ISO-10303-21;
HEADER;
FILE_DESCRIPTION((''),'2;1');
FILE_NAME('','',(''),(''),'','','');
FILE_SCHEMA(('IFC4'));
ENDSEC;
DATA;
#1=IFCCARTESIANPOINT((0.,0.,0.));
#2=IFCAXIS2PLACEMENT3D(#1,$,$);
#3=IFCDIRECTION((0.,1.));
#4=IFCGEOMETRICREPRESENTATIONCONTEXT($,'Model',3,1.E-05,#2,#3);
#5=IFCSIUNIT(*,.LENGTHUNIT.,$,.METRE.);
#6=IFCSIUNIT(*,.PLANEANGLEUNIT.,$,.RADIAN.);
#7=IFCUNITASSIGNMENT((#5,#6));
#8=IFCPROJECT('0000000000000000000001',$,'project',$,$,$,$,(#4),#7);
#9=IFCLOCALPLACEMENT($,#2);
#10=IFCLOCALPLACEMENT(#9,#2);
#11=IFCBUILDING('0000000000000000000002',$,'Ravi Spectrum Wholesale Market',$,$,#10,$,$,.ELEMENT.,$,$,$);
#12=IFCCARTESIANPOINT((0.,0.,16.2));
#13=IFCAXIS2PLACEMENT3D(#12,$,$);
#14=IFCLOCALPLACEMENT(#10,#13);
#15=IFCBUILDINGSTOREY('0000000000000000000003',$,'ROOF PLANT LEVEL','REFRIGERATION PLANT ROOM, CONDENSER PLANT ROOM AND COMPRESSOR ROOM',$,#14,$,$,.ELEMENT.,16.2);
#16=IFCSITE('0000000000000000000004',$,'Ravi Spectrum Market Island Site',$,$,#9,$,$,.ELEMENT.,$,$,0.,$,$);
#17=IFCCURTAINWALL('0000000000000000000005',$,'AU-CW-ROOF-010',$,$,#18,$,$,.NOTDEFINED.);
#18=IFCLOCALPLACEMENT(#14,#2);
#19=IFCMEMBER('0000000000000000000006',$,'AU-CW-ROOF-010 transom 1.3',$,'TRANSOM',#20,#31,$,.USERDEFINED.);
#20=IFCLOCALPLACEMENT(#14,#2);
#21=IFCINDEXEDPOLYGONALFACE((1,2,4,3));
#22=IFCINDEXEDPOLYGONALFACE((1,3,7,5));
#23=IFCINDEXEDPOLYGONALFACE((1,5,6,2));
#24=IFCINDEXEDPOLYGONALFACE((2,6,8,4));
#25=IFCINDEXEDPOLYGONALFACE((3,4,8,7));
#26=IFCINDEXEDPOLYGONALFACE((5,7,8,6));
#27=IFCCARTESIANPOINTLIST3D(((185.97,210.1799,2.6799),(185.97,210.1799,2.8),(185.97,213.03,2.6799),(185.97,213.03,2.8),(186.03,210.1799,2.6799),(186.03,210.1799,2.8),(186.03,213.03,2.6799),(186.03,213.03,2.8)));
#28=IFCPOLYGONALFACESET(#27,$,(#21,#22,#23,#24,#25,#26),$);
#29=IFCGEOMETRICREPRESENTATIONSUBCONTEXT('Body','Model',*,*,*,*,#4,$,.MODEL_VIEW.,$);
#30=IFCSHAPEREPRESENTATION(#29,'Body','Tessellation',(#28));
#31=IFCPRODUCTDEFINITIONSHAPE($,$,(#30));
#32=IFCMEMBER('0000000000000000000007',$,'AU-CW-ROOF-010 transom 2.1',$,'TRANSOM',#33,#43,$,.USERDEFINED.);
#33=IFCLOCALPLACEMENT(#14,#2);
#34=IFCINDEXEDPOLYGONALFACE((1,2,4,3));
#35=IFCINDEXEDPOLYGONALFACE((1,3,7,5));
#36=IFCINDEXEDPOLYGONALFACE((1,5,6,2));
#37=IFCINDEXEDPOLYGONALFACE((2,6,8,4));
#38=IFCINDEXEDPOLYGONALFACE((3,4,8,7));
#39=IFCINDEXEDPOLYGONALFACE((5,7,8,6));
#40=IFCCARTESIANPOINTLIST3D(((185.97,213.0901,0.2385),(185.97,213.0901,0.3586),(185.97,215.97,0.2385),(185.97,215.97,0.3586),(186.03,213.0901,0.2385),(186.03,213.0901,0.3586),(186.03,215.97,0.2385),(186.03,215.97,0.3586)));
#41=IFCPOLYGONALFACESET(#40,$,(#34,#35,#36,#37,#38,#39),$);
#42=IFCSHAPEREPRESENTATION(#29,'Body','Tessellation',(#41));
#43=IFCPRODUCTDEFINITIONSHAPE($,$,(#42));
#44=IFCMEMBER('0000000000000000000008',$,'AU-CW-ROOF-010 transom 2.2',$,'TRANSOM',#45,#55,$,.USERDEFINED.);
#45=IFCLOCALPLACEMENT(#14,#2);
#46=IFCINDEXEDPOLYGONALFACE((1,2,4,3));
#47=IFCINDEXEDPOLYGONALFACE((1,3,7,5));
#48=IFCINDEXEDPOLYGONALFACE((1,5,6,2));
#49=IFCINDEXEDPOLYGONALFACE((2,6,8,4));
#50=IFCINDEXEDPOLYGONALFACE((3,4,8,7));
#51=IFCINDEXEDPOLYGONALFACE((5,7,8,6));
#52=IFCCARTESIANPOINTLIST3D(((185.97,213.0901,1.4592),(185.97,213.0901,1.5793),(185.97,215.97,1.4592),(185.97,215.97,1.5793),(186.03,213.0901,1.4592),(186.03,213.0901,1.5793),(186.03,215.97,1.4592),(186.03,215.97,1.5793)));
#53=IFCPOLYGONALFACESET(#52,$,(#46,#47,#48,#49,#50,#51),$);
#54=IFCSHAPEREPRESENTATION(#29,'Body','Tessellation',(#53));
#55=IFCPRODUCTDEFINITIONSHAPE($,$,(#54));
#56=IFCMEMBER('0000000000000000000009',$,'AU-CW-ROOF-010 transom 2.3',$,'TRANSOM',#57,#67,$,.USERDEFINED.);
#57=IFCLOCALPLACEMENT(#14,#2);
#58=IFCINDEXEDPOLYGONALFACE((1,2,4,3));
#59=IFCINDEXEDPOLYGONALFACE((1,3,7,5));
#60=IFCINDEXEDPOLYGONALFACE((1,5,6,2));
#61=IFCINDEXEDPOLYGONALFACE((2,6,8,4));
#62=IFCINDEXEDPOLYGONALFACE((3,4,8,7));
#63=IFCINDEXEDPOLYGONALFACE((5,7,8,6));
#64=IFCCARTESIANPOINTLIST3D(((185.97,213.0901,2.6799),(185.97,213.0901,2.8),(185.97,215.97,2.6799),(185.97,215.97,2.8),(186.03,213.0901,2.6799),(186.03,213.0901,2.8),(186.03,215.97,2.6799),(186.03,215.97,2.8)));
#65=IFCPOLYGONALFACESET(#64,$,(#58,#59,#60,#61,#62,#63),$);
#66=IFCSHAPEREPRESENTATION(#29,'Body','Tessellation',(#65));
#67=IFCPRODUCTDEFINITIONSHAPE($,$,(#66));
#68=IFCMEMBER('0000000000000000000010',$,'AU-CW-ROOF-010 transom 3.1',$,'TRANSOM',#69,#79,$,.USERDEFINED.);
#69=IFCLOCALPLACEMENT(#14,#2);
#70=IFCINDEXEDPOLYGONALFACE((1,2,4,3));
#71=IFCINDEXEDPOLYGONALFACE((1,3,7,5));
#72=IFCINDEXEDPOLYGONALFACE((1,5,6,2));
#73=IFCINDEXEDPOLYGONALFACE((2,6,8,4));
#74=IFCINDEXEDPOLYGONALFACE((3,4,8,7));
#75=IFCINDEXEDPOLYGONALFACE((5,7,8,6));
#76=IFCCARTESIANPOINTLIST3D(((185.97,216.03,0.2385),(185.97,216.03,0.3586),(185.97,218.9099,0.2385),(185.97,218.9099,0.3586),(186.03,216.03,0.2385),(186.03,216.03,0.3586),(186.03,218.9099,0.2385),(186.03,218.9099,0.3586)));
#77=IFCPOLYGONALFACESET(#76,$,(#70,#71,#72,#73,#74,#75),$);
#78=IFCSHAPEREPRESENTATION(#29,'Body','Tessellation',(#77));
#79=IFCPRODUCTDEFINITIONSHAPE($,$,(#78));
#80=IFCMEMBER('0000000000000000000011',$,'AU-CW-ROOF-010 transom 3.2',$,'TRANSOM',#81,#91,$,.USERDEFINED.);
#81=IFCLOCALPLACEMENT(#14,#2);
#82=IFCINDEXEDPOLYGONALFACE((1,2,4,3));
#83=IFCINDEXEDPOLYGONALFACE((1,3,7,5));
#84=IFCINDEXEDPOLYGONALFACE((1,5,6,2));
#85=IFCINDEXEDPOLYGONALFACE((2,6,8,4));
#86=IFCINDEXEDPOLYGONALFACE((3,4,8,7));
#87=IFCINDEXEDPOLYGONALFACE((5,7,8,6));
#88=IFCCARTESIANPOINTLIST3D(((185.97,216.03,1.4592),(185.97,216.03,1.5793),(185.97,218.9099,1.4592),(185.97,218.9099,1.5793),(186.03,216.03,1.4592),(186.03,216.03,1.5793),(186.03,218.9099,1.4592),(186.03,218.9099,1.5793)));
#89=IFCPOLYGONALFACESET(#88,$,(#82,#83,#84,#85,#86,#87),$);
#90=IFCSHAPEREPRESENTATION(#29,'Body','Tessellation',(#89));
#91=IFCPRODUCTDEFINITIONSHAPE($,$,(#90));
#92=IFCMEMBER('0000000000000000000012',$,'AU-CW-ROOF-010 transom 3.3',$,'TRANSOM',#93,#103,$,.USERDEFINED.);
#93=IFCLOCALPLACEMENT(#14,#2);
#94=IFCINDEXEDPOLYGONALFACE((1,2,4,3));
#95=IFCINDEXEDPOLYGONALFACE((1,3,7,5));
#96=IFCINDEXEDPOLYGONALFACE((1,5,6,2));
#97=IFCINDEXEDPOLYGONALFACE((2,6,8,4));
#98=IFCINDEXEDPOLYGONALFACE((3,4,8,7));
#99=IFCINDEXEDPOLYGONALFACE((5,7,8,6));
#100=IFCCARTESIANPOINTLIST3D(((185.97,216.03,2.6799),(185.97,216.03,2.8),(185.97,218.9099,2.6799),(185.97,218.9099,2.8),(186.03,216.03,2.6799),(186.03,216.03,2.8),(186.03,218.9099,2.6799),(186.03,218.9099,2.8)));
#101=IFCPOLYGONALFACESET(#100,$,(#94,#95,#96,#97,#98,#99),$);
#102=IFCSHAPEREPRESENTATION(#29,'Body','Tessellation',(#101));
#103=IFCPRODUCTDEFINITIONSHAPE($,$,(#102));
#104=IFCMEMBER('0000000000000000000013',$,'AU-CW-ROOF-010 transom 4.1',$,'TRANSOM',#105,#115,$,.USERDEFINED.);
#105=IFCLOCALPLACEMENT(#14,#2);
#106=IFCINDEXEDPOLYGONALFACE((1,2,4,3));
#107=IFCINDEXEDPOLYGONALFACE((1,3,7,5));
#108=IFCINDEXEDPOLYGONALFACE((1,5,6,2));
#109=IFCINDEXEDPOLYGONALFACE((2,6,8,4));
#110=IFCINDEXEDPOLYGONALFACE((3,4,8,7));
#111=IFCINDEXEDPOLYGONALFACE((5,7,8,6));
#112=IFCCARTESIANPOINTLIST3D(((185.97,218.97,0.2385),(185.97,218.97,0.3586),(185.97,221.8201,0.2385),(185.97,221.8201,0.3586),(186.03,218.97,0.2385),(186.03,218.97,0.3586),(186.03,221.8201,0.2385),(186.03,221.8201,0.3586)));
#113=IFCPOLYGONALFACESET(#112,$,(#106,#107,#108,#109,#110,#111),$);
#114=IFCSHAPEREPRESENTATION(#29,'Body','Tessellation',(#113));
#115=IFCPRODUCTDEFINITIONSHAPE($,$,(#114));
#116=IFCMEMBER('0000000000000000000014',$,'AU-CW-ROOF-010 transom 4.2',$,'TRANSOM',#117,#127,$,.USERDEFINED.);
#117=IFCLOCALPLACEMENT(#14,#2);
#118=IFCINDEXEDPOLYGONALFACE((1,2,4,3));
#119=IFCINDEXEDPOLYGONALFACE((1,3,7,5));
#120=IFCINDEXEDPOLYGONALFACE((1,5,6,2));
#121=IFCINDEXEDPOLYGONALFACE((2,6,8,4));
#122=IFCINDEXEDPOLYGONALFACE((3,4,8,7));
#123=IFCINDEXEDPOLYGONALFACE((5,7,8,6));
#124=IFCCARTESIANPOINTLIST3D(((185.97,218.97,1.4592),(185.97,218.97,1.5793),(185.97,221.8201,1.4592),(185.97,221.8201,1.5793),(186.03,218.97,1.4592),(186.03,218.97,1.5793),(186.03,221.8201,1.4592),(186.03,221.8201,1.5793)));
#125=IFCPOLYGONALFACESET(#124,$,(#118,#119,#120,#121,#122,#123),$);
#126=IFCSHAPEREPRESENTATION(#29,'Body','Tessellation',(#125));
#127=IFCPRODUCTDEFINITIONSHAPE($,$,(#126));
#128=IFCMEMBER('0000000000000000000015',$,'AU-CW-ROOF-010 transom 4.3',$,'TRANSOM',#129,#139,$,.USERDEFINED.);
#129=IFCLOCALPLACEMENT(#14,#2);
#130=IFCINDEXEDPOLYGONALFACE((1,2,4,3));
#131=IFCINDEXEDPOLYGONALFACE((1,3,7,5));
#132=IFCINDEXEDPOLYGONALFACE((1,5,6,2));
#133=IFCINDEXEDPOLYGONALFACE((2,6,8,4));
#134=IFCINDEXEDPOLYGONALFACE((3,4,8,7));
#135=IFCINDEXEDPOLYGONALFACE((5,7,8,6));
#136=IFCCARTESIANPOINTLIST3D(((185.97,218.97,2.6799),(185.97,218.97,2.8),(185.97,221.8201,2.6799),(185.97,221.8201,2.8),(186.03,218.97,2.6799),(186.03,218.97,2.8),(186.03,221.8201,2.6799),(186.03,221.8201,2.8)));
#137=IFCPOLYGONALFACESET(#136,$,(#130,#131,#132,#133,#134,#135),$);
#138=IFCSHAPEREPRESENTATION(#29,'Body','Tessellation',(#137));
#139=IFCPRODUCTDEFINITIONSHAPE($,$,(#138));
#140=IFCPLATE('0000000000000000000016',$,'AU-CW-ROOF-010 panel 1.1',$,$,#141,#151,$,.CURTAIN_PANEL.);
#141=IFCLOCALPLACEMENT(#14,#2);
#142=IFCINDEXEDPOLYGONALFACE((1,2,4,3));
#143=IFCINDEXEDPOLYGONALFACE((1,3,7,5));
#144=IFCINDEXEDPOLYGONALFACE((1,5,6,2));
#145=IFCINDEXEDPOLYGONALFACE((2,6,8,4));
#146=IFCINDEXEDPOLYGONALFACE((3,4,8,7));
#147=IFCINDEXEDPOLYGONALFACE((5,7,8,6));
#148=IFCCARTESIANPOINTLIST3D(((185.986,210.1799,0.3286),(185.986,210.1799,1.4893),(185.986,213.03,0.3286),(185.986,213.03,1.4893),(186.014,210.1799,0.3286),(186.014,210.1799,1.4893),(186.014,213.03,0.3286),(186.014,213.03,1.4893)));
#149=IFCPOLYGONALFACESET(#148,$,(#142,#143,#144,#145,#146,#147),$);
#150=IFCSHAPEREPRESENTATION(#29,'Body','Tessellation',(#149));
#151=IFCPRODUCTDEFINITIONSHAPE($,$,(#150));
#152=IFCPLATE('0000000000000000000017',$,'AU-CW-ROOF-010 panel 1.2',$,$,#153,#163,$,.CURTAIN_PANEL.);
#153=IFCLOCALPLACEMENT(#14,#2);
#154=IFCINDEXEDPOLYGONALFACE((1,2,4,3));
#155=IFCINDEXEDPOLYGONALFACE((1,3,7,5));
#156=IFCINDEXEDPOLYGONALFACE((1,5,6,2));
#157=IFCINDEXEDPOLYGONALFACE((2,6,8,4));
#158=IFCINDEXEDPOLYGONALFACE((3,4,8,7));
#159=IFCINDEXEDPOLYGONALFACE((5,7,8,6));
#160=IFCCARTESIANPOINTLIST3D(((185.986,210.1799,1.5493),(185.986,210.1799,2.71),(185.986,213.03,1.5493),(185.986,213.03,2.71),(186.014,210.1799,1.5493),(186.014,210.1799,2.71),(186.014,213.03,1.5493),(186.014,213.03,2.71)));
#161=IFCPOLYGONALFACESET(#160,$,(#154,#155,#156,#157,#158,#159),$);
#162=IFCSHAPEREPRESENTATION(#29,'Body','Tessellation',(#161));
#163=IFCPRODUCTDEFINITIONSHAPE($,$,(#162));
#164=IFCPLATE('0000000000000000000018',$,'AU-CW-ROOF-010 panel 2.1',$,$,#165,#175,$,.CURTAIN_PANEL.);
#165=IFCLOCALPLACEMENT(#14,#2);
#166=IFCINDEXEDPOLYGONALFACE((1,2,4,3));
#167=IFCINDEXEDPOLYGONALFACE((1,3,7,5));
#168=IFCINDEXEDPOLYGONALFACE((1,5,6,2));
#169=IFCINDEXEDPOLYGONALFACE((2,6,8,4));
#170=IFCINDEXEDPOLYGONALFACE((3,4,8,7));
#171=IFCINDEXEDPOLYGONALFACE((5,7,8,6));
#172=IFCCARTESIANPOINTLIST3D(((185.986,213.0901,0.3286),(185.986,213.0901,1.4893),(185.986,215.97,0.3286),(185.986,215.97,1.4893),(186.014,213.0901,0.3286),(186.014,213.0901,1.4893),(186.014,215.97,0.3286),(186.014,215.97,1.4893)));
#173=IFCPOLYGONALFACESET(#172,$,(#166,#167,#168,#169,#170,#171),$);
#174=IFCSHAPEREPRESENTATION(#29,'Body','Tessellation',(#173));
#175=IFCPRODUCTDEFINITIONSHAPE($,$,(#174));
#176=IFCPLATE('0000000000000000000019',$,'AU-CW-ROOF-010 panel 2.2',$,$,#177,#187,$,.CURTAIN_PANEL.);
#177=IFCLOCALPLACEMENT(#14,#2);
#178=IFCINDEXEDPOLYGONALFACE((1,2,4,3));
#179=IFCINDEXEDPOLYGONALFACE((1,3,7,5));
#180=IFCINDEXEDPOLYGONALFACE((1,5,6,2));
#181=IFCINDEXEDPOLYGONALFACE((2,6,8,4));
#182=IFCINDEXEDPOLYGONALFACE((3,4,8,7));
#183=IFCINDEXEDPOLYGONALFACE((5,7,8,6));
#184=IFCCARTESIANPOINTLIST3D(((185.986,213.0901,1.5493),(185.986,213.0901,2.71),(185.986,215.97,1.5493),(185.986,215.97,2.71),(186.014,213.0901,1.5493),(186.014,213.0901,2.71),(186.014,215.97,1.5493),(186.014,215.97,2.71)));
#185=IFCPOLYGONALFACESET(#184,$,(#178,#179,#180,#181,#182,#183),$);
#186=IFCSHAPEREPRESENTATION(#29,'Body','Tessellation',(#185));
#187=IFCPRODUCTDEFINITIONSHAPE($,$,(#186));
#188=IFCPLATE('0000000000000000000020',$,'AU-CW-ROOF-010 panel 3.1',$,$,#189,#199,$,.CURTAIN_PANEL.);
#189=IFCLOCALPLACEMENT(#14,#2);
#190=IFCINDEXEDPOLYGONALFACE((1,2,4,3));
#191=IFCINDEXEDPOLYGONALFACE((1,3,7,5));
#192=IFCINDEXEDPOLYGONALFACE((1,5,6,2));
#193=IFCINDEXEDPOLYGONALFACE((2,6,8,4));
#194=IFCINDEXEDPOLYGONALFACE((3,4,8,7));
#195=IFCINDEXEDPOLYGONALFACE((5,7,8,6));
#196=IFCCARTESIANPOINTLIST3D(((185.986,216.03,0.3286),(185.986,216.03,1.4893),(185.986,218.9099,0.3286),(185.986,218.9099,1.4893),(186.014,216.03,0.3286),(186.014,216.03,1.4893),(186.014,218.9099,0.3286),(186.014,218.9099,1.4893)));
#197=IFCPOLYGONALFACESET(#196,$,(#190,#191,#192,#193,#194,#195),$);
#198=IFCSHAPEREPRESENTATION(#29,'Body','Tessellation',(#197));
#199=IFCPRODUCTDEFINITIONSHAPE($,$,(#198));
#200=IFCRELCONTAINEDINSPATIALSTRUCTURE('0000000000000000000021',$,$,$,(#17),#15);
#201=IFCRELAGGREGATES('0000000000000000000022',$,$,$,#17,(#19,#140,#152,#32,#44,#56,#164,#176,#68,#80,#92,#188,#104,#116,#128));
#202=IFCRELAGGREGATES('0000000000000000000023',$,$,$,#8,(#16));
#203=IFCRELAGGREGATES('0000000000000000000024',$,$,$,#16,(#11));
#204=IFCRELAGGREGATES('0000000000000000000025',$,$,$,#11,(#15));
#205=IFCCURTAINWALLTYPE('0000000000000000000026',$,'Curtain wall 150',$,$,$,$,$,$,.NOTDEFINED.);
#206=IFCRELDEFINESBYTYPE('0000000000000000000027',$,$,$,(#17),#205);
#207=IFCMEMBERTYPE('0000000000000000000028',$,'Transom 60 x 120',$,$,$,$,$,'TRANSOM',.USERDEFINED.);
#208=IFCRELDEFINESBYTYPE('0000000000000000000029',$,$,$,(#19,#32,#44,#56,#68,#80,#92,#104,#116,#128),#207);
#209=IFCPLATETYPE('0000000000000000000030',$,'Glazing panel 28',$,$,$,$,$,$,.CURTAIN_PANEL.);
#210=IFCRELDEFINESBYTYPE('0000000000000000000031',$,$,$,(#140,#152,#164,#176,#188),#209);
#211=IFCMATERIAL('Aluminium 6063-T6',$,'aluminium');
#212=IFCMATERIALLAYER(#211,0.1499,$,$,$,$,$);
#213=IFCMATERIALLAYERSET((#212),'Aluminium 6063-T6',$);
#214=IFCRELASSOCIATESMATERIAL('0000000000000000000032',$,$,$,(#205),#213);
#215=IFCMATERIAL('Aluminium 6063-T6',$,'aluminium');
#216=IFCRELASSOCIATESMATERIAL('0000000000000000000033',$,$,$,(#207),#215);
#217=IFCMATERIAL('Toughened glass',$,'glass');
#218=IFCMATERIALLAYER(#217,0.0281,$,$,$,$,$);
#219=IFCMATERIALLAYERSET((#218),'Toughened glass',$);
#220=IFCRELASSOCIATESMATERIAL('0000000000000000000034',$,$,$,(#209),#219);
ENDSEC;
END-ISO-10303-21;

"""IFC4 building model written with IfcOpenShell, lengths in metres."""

from ifc_helpers import new_model, si_unit, direction, frame, origin, origin_2d, place, context, subcontext, project, spatial, rectangle, extrude, material, layer, layer_set, material_profile, profile_set, type_object, element, aggregate, save


model = new_model("IFC4")

# Units and contexts
model_context = context("Model", 3, precision=1e-05, world=origin(), true_north=direction((0.0, 1.0)))
body_context = subcontext(model_context, "Body", "Model", "MODEL_VIEW")
ifc_project = project(units=[si_unit("LENGTHUNIT", "METRE"), si_unit("PLANEANGLEUNIT", "RADIAN")], contexts=[model_context])

# Site, building, storey
site_placement = place(None, origin())
site = spatial("IfcSite", under=ifc_project, at=site_placement, Name="Ravi Spectrum Market Island Site", CompositionType="ELEMENT", RefElevation=0.0)
building_placement = place(site_placement, origin())
building = spatial("IfcBuilding", under=site, at=building_placement, Name="Ravi Spectrum Wholesale Market", CompositionType="ELEMENT")
storey_placement = place(building_placement, frame((0.0, 0.0, 16.2)))
storey = spatial("IfcBuildingStorey", under=building, at=storey_placement, Name="ROOF PLANT LEVEL", Description="REFRIGERATION PLANT ROOM, CONDENSER PLANT ROOM AND COMPRESSOR ROOM", CompositionType="ELEMENT", Elevation=16.2)

# Curtain wall, members, plates
ifc_material_1 = material(Name="Aluminium 6063-T6", Category="aluminium")
ifc_layer_1 = layer(ifc_material_1, 0.1499)
ifc_layer_set_1 = layer_set([ifc_layer_1], Name="Aluminium 6063-T6")
curtain_wall_type = type_object("IfcCurtainWallType", Name="Curtain wall 150", PredefinedType="NOTDEFINED", material=ifc_layer_set_1)
curtain_wall_placement = place(storey_placement, origin())
curtain_wall = element("IfcCurtainWall", 1, at=curtain_wall_placement, inside=storey, type_object=curtain_wall_type, Name="AU-CW-ROOF-010", PredefinedType="NOTDEFINED")
ifc_material_2 = material(Name="Aluminium 6063-T6", Category="aluminium")
ifc_material_profile_1 = material_profile(ifc_material_2, rectangle(XDim=0.0601, YDim=0.1201, at=origin_2d()))
ifc_profile_set_1 = profile_set([ifc_material_profile_1], Name="Aluminium 6063-T6")
member_type_1 = type_object("IfcMemberType", Name="Transom 60 x 120", ElementType="TRANSOM", PredefinedType="USERDEFINED", material=ifc_profile_set_1)
member_1_placement = place(storey_placement, frame((186.0, 210.1799, 2.74), z_axis=(0.0, 1.0, 0.0), x_axis=(-1.0, 0.0, 0.0)))
member_1 = element("IfcMember", 2, at=member_1_placement, type_object=member_type_1, Name="AU-CW-ROOF-010 transom 1.3", ObjectType="TRANSOM", PredefinedType="USERDEFINED", context=body_context, shape_type="SweptSolid", body=[
    extrude(rectangle(XDim=0.0601, YDim=0.1201, at=origin_2d()), origin(), (0.0, 0.0, 1.0), 2.8501),
])
member_2_placement = place(storey_placement, frame((186.0, 213.0901, 0.2986), z_axis=(0.0, 1.0, 0.0), x_axis=(-1.0, 0.0, 0.0)))
member_2 = element("IfcMember", 3, at=member_2_placement, type_object=member_type_1, Name="AU-CW-ROOF-010 transom 2.1", ObjectType="TRANSOM", PredefinedType="USERDEFINED", context=body_context, shape_type="SweptSolid", body=[
    extrude(rectangle(XDim=0.0601, YDim=0.1201, at=origin_2d()), origin(), (0.0, 0.0, 1.0), 2.8799),
])
member_3_placement = place(storey_placement, frame((186.0, 213.0901, 1.5193), z_axis=(0.0, 1.0, 0.0), x_axis=(-1.0, 0.0, 0.0)))
member_3 = element("IfcMember", 4, at=member_3_placement, type_object=member_type_1, Name="AU-CW-ROOF-010 transom 2.2", ObjectType="TRANSOM", PredefinedType="USERDEFINED", context=body_context, shape_type="SweptSolid", body=[
    extrude(rectangle(XDim=0.0601, YDim=0.1201, at=origin_2d()), origin(), (0.0, 0.0, 1.0), 2.8799),
])
member_4_placement = place(storey_placement, frame((186.0, 213.0901, 2.74), z_axis=(0.0, 1.0, 0.0), x_axis=(-1.0, 0.0, 0.0)))
member_4 = element("IfcMember", 5, at=member_4_placement, type_object=member_type_1, Name="AU-CW-ROOF-010 transom 2.3", ObjectType="TRANSOM", PredefinedType="USERDEFINED", context=body_context, shape_type="SweptSolid", body=[
    extrude(rectangle(XDim=0.0601, YDim=0.1201, at=origin_2d()), origin(), (0.0, 0.0, 1.0), 2.8799),
])
member_5_placement = place(storey_placement, frame((186.0, 216.03, 0.2986), z_axis=(0.0, 1.0, 0.0), x_axis=(-1.0, 0.0, 0.0)))
member_5 = element("IfcMember", 6, at=member_5_placement, type_object=member_type_1, Name="AU-CW-ROOF-010 transom 3.1", ObjectType="TRANSOM", PredefinedType="USERDEFINED", context=body_context, shape_type="SweptSolid", body=[
    extrude(rectangle(XDim=0.0601, YDim=0.1201, at=origin_2d()), origin(), (0.0, 0.0, 1.0), 2.8799),
])
member_6_placement = place(storey_placement, frame((186.0, 216.03, 1.5193), z_axis=(0.0, 1.0, 0.0), x_axis=(-1.0, 0.0, 0.0)))
member_6 = element("IfcMember", 7, at=member_6_placement, type_object=member_type_1, Name="AU-CW-ROOF-010 transom 3.2", ObjectType="TRANSOM", PredefinedType="USERDEFINED", context=body_context, shape_type="SweptSolid", body=[
    extrude(rectangle(XDim=0.0601, YDim=0.1201, at=origin_2d()), origin(), (0.0, 0.0, 1.0), 2.8799),
])
member_7_placement = place(storey_placement, frame((186.0, 216.03, 2.74), z_axis=(0.0, 1.0, 0.0), x_axis=(-1.0, 0.0, 0.0)))
member_7 = element("IfcMember", 8, at=member_7_placement, type_object=member_type_1, Name="AU-CW-ROOF-010 transom 3.3", ObjectType="TRANSOM", PredefinedType="USERDEFINED", context=body_context, shape_type="SweptSolid", body=[
    extrude(rectangle(XDim=0.0601, YDim=0.1201, at=origin_2d()), origin(), (0.0, 0.0, 1.0), 2.8799),
])
member_8_placement = place(storey_placement, frame((186.0, 218.97, 0.2986), z_axis=(0.0, 1.0, 0.0), x_axis=(-1.0, 0.0, 0.0)))
member_8 = element("IfcMember", 9, at=member_8_placement, type_object=member_type_1, Name="AU-CW-ROOF-010 transom 4.1", ObjectType="TRANSOM", PredefinedType="USERDEFINED", context=body_context, shape_type="SweptSolid", body=[
    extrude(rectangle(XDim=0.0601, YDim=0.1201, at=origin_2d()), origin(), (0.0, 0.0, 1.0), 2.8501),
])
member_9_placement = place(storey_placement, frame((186.0, 218.97, 1.5193), z_axis=(0.0, 1.0, 0.0), x_axis=(-1.0, 0.0, 0.0)))
member_9 = element("IfcMember", 10, at=member_9_placement, type_object=member_type_1, Name="AU-CW-ROOF-010 transom 4.2", ObjectType="TRANSOM", PredefinedType="USERDEFINED", context=body_context, shape_type="SweptSolid", body=[
    extrude(rectangle(XDim=0.0601, YDim=0.1201, at=origin_2d()), origin(), (0.0, 0.0, 1.0), 2.8501),
])
member_10_placement = place(storey_placement, frame((186.0, 218.97, 2.74), z_axis=(0.0, 1.0, 0.0), x_axis=(-1.0, 0.0, 0.0)))
member_10 = element("IfcMember", 11, at=member_10_placement, type_object=member_type_1, Name="AU-CW-ROOF-010 transom 4.3", ObjectType="TRANSOM", PredefinedType="USERDEFINED", context=body_context, shape_type="SweptSolid", body=[
    extrude(rectangle(XDim=0.0601, YDim=0.1201, at=origin_2d()), origin(), (0.0, 0.0, 1.0), 2.8501),
])
ifc_material_3 = material(Name="Toughened glass", Category="glass")
ifc_layer_2 = layer(ifc_material_3, 0.0281)
ifc_layer_set_2 = layer_set([ifc_layer_2], Name="Toughened glass")
plate_type = type_object("IfcPlateType", Name="Glazing panel 28", PredefinedType="CURTAIN_PANEL", material=ifc_layer_set_2)
plate_1_placement = place(storey_placement, frame((186.0, 211.605, 0.3286), z_axis=(0.0, 0.0, 1.0), x_axis=(0.0, 1.0, 0.0)))
plate_1 = element("IfcPlate", 12, at=plate_1_placement, type_object=plate_type, Name="AU-CW-ROOF-010 panel 1.1", PredefinedType="CURTAIN_PANEL", context=body_context, shape_type="SweptSolid", body=[
    extrude(rectangle(XDim=2.8501, YDim=0.0281, at=origin_2d()), origin(), (0.0, 0.0, 1.0), 1.1606),
])
plate_2_placement = place(storey_placement, frame((186.0, 211.605, 1.5493), z_axis=(0.0, 0.0, 1.0), x_axis=(0.0, 1.0, 0.0)))
plate_2 = element("IfcPlate", 13, at=plate_2_placement, type_object=plate_type, Name="AU-CW-ROOF-010 panel 1.2", PredefinedType="CURTAIN_PANEL", context=body_context, shape_type="SweptSolid", body=[
    extrude(rectangle(XDim=2.8501, YDim=0.0281, at=origin_2d()), origin(), (0.0, 0.0, 1.0), 1.1606),
])
plate_3_placement = place(storey_placement, frame((186.0, 214.53, 0.3286), z_axis=(0.0, 0.0, 1.0), x_axis=(0.0, 1.0, 0.0)))
plate_3 = element("IfcPlate", 14, at=plate_3_placement, type_object=plate_type, Name="AU-CW-ROOF-010 panel 2.1", PredefinedType="CURTAIN_PANEL", context=body_context, shape_type="SweptSolid", body=[
    extrude(rectangle(XDim=2.8799, YDim=0.0281, at=origin_2d()), origin(), (0.0, 0.0, 1.0), 1.1606),
])
plate_4_placement = place(storey_placement, frame((186.0, 214.53, 1.5493), z_axis=(0.0, 0.0, 1.0), x_axis=(0.0, 1.0, 0.0)))
plate_4 = element("IfcPlate", 15, at=plate_4_placement, type_object=plate_type, Name="AU-CW-ROOF-010 panel 2.2", PredefinedType="CURTAIN_PANEL", context=body_context, shape_type="SweptSolid", body=[
    extrude(rectangle(XDim=2.8799, YDim=0.0281, at=origin_2d()), origin(), (0.0, 0.0, 1.0), 1.1606),
])
plate_5_placement = place(storey_placement, frame((186.0, 217.47, 0.3286), z_axis=(0.0, 0.0, 1.0), x_axis=(0.0, 1.0, 0.0)))
plate_5 = element("IfcPlate", 16, at=plate_5_placement, type_object=plate_type, Name="AU-CW-ROOF-010 panel 3.1", PredefinedType="CURTAIN_PANEL", context=body_context, shape_type="SweptSolid", body=[
    extrude(rectangle(XDim=2.8799, YDim=0.0281, at=origin_2d()), origin(), (0.0, 0.0, 1.0), 1.1606),
])
aggregate(curtain_wall, [member_1, plate_1, plate_2, member_2, member_3, member_4, plate_3, plate_4, member_5, member_6, member_7, plate_5, member_8, member_9, member_10])

save(model, "model.ifc")
